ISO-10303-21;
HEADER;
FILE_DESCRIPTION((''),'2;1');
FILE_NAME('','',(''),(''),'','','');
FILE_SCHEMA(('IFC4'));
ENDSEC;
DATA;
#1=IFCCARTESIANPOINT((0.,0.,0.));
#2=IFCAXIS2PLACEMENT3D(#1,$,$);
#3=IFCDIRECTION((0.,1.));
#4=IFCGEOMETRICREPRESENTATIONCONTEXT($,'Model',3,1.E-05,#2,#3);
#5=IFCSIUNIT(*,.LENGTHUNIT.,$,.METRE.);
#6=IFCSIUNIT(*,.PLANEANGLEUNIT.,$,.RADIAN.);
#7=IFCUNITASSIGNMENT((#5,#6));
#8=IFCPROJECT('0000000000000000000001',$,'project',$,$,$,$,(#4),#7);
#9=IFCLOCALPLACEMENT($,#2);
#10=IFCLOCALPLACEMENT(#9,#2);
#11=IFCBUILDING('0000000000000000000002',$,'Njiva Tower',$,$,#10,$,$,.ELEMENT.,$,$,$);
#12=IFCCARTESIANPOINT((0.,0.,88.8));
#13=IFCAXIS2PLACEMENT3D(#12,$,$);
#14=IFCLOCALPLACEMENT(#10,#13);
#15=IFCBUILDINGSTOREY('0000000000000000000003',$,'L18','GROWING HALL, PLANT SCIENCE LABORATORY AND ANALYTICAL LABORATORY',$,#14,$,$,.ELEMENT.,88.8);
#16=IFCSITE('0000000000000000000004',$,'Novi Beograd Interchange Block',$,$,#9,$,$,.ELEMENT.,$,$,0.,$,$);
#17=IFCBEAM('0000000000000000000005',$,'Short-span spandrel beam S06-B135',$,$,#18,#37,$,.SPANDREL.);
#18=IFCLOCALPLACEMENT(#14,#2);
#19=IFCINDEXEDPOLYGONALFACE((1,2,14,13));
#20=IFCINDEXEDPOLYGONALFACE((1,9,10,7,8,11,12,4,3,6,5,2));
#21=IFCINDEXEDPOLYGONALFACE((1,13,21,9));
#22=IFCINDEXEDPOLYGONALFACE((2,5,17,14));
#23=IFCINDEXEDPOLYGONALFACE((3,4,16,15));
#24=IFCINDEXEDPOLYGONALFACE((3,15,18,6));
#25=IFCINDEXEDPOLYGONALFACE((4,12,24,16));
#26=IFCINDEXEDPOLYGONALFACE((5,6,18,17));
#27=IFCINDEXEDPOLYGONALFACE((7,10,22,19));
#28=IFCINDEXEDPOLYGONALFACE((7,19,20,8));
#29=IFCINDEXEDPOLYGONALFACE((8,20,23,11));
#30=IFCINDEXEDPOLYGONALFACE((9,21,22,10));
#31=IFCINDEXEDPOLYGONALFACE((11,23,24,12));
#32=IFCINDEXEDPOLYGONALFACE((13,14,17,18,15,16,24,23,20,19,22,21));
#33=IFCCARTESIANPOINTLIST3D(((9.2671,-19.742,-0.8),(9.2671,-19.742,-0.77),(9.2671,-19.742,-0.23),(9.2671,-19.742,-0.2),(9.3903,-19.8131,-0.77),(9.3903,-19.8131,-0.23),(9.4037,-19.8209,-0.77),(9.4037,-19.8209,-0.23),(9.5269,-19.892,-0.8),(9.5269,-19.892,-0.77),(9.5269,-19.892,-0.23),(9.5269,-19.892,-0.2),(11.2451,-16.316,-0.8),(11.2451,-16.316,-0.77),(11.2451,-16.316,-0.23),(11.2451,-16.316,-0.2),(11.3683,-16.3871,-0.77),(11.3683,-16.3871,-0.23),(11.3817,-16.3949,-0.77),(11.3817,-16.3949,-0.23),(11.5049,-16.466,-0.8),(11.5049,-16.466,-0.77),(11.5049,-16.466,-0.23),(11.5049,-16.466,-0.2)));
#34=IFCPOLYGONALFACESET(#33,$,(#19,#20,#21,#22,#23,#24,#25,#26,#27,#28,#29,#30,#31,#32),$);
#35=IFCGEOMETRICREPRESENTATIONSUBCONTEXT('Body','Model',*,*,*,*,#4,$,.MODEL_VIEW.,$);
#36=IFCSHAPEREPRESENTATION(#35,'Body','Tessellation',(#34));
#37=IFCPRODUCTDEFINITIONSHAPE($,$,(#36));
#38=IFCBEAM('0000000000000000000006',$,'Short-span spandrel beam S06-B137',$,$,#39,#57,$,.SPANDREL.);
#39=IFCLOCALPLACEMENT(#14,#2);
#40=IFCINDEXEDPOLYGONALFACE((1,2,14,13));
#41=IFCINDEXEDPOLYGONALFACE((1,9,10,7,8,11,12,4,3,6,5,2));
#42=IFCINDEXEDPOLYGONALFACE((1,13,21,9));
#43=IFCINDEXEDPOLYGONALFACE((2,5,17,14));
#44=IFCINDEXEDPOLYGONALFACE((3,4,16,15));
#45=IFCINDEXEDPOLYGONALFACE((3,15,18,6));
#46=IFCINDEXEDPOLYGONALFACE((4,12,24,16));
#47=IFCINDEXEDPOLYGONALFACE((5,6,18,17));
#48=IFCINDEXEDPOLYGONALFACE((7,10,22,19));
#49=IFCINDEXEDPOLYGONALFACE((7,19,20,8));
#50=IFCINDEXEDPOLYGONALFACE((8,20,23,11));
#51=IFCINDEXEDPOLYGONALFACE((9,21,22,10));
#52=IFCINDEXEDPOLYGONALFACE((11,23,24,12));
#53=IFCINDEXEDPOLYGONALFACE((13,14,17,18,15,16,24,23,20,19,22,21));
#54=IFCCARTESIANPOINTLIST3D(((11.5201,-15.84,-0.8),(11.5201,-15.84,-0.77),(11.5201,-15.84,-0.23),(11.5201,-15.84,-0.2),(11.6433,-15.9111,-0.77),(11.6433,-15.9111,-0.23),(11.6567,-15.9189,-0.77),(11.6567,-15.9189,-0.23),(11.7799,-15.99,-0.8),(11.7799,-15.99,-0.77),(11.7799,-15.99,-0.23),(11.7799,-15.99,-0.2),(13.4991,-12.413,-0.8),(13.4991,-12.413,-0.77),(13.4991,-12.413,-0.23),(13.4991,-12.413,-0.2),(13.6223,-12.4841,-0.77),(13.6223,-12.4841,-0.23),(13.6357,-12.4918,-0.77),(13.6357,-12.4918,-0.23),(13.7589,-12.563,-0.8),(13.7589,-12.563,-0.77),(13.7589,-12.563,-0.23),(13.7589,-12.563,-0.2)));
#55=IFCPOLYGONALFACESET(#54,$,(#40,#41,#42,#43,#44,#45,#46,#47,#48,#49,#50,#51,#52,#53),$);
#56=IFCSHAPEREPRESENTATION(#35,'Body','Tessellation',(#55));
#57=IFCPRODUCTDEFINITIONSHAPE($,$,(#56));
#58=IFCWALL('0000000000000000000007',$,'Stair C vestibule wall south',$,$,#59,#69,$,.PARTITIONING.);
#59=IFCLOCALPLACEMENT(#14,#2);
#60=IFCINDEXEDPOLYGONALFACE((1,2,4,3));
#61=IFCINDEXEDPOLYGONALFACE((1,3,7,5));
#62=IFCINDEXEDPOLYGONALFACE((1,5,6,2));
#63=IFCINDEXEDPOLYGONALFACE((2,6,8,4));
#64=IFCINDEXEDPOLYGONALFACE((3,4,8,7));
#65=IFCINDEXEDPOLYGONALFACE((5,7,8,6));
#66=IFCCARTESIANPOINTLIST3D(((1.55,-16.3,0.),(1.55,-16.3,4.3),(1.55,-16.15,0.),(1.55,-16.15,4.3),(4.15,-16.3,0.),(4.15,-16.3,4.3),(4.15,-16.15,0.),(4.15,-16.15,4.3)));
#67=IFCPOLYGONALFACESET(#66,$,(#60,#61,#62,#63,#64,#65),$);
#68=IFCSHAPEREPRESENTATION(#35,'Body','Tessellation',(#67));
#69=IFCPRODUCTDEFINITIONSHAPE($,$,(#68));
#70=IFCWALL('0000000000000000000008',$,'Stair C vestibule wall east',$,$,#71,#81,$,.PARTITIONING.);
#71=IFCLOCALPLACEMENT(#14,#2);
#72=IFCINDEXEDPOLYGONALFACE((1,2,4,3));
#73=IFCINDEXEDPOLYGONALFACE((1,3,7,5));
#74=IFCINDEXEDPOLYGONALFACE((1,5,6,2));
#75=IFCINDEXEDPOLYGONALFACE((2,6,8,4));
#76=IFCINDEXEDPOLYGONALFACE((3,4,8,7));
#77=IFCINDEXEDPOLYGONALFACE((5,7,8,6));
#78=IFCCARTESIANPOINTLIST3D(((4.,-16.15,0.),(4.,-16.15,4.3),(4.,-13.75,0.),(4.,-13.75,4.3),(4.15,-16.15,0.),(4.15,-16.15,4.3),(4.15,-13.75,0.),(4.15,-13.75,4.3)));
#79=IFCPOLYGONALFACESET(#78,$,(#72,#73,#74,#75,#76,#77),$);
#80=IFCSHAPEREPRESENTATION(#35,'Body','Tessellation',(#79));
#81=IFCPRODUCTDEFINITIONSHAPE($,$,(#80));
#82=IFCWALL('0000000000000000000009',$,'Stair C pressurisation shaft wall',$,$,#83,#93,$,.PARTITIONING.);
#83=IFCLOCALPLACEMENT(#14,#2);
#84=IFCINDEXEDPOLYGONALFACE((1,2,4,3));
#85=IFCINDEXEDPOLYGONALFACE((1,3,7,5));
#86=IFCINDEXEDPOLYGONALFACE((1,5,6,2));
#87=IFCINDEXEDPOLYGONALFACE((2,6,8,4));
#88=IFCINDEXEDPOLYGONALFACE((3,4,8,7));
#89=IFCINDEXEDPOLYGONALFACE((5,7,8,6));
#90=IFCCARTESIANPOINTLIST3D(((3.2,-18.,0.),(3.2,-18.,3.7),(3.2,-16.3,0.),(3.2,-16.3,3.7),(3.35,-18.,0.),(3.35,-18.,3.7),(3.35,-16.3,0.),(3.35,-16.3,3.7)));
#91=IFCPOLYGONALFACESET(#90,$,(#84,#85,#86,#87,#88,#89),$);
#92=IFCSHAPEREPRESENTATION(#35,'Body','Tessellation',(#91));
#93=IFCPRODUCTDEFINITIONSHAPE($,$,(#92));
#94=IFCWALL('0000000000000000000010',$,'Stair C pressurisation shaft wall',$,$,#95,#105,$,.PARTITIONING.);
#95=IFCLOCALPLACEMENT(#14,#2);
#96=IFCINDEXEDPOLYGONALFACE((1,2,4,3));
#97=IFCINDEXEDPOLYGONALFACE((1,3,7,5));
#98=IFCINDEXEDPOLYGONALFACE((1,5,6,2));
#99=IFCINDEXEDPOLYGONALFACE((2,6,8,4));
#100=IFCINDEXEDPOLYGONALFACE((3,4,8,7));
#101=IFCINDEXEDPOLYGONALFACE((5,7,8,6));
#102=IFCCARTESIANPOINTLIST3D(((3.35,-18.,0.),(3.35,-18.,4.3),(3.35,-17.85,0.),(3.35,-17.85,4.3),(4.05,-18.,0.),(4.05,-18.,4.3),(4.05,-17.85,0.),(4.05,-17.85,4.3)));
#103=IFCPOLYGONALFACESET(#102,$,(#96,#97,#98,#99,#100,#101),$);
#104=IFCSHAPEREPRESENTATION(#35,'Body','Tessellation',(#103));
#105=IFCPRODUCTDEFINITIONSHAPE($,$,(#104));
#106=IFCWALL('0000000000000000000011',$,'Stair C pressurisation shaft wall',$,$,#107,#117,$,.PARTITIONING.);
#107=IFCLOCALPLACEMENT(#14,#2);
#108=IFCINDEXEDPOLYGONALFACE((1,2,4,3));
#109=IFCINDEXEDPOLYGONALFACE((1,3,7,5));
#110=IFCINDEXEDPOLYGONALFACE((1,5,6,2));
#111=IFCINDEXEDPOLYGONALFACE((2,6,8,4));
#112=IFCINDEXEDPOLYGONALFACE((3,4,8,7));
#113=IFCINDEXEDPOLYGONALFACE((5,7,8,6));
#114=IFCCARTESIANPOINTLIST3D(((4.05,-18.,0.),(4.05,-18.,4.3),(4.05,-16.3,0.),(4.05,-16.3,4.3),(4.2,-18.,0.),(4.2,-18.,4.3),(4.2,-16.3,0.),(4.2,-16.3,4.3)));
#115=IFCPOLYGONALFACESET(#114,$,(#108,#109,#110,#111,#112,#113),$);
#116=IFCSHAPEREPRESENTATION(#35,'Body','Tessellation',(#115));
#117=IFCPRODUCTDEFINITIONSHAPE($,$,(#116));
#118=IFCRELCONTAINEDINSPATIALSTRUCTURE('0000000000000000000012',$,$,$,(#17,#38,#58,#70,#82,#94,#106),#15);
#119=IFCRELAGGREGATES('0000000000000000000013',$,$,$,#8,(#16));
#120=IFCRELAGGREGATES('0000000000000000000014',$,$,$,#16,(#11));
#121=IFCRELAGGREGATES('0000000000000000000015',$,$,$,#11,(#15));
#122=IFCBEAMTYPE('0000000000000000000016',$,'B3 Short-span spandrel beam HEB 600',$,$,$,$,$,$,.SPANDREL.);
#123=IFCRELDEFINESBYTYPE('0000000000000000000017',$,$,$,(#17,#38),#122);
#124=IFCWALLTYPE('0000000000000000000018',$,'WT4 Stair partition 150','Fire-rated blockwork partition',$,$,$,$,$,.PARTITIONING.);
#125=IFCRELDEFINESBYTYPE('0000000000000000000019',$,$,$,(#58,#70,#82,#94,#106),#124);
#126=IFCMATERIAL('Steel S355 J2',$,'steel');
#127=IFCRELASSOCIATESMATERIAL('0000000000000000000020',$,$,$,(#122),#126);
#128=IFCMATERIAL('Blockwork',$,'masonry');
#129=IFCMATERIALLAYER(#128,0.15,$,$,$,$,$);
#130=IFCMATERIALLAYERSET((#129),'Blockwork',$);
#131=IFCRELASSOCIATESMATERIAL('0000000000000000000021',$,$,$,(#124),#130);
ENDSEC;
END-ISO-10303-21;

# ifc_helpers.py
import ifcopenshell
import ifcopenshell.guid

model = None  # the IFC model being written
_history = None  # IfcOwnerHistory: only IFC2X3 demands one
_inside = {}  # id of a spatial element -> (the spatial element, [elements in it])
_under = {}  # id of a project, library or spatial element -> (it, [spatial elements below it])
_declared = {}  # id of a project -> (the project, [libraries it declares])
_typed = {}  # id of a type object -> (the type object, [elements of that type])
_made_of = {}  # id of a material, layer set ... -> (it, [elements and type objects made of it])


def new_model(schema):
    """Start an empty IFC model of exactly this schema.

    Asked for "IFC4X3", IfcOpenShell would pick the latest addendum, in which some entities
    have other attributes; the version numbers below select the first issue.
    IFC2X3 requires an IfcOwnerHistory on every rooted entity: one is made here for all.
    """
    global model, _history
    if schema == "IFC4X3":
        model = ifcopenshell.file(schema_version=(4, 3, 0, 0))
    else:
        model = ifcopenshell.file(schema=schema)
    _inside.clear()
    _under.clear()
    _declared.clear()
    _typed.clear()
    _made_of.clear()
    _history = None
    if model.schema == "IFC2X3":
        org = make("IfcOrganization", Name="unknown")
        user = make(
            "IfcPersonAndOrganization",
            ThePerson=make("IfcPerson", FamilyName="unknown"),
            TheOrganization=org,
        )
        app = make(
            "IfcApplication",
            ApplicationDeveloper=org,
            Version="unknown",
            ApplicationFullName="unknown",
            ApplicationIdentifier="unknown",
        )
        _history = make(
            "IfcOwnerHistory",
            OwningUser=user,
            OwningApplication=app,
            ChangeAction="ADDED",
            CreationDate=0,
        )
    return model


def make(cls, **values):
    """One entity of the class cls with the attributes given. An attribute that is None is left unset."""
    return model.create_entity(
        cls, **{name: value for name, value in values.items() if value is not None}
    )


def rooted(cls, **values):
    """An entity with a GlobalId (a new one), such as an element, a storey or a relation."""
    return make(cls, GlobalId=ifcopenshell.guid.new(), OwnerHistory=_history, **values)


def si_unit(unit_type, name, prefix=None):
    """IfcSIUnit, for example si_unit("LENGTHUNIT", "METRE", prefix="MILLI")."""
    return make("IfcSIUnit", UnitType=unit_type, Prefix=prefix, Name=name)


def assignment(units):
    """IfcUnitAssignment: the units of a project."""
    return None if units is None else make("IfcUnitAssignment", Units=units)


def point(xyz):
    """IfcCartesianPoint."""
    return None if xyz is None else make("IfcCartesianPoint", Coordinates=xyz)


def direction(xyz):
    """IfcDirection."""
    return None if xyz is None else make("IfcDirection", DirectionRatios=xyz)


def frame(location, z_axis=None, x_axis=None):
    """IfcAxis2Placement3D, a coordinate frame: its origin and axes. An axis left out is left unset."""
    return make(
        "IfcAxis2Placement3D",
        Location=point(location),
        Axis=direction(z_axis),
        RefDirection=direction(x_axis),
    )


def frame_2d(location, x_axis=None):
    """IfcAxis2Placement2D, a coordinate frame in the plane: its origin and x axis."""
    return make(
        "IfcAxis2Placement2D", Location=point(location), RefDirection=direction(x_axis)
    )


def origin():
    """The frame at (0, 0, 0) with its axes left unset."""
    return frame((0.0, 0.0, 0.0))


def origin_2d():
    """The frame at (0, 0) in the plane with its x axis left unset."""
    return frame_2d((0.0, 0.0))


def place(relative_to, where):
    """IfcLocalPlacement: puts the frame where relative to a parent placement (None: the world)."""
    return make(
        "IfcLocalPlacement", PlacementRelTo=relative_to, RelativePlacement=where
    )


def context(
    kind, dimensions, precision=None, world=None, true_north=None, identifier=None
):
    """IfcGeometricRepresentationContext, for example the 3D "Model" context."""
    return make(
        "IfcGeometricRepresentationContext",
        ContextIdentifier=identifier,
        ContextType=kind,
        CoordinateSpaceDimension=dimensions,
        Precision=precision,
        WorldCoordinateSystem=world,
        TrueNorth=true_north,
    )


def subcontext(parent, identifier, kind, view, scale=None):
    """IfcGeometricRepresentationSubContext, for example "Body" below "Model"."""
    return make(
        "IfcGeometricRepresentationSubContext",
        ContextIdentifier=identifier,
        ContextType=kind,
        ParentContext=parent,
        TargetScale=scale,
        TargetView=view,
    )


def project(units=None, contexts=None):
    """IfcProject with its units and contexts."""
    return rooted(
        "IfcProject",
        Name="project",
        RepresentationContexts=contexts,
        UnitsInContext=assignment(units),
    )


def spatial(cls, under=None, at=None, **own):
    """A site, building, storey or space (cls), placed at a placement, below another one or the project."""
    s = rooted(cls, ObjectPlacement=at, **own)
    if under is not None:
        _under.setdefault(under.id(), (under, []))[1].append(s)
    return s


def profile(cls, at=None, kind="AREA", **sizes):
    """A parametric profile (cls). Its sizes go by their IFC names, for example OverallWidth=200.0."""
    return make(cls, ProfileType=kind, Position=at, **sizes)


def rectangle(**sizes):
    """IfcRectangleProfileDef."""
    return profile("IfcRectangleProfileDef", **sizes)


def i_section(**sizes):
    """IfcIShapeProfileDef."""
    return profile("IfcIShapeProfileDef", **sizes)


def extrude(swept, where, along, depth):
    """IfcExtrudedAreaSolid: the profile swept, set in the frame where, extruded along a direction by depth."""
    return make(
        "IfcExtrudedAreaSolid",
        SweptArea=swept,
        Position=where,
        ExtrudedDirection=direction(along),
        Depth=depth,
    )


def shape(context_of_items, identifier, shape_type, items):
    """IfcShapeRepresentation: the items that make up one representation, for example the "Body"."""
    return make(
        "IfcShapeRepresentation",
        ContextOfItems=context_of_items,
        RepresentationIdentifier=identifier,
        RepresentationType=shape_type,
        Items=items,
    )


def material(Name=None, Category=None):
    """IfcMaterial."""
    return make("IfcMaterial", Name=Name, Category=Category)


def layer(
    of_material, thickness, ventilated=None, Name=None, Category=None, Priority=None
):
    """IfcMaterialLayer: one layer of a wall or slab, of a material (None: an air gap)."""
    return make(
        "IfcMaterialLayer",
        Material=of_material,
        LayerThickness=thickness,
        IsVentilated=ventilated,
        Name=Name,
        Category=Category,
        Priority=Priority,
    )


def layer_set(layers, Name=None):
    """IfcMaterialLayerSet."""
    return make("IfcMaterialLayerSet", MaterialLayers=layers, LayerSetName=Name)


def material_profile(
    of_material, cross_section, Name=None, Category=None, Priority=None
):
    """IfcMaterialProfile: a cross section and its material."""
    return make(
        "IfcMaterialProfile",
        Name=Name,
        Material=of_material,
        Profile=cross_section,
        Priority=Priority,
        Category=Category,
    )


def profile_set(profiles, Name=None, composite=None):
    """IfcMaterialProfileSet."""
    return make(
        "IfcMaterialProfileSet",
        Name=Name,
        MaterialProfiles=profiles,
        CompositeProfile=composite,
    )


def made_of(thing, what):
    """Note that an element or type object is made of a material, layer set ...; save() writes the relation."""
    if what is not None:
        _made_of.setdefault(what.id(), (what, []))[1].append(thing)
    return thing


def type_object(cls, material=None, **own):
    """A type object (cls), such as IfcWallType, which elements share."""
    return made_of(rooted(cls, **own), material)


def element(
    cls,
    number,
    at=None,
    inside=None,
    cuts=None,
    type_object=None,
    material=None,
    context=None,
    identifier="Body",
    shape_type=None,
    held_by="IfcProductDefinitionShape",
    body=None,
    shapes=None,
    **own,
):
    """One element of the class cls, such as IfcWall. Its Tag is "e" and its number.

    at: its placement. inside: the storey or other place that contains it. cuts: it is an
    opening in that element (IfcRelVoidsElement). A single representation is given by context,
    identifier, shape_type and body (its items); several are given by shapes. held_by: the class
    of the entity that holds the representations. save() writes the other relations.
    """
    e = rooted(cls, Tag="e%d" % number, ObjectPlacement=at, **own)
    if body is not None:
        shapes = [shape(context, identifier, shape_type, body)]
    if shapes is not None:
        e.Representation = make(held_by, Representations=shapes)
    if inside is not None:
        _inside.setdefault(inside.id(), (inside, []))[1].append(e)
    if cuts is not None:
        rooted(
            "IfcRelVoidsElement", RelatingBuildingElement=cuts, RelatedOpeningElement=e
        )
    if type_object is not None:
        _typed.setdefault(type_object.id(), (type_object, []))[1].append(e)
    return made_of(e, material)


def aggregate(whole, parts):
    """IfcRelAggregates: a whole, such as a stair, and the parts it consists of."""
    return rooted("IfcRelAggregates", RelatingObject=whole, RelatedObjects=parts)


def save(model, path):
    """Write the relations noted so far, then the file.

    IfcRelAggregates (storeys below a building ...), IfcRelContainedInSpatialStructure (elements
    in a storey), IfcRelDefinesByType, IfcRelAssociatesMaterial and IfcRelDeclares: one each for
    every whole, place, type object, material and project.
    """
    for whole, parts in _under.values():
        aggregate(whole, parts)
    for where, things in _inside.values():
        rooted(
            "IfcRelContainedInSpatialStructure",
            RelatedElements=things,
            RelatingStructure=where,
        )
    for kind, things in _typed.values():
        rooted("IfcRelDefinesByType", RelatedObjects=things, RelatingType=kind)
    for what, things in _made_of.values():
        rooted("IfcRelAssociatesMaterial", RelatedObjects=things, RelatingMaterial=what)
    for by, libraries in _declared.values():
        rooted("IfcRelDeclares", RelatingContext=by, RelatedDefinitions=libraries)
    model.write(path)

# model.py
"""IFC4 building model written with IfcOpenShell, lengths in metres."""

from ifc_helpers import new_model, si_unit, direction, frame, frame_2d, origin, origin_2d, place, context, subcontext, project, spatial, rectangle, i_section, extrude, material, layer, layer_set, material_profile, profile_set, type_object, element, save


model = new_model("IFC4")

# Units and contexts
model_context = context("Model", 3, precision=1e-05, world=origin(), true_north=direction((0.0, 1.0)))
body_context = subcontext(model_context, "Body", "Model", "MODEL_VIEW")
ifc_project = project(units=[si_unit("LENGTHUNIT", "METRE"), si_unit("PLANEANGLEUNIT", "RADIAN")], contexts=[model_context])

# Site, building, storey
site_placement = place(None, origin())
site = spatial("IfcSite", under=ifc_project, at=site_placement, Name="Novi Beograd Interchange Block", CompositionType="ELEMENT", RefElevation=0.0)
building_placement = place(site_placement, origin())
building = spatial("IfcBuilding", under=site, at=building_placement, Name="Njiva Tower", CompositionType="ELEMENT")
storey_placement = place(building_placement, frame((0.0, 0.0, 88.8)))
storey = spatial("IfcBuildingStorey", under=building, at=storey_placement, Name="L18", Description="GROWING HALL, PLANT SCIENCE LABORATORY AND ANALYTICAL LABORATORY", CompositionType="ELEMENT", Elevation=88.8)

# Shared definitions
ifc_material_1 = material(Name="Steel S355 J2", Category="steel")

# Beams
ifc_material_profile_1 = material_profile(ifc_material_1, i_section(OverallWidth=0.3, OverallDepth=0.6, WebThickness=0.0155, FlangeThickness=0.03, at=origin_2d()), Name="HEB 600")
ifc_profile_set_1 = profile_set([ifc_material_profile_1], Name="Steel S355 J2")
beam_type_1 = type_object("IfcBeamType", Name="B3 Short-span spandrel beam HEB 600", PredefinedType="SPANDREL", material=ifc_profile_set_1)
beam_1_placement = place(storey_placement, frame((9.397, -19.817, -0.5), z_axis=(0.5, 0.866026, 0.0), x_axis=(-0.866026, 0.5, 0.0)))
element("IfcBeam", 1, at=beam_1_placement, inside=storey, type_object=beam_type_1, Name="Short-span spandrel beam S06-B135", PredefinedType="SPANDREL", context=body_context, shape_type="SweptSolid", body=[
    extrude(i_section(OverallWidth=0.3, OverallDepth=0.6, WebThickness=0.0155, FlangeThickness=0.03, at=origin_2d()), origin(), (0.0, 0.0, 1.0), 3.956),
])
beam_2_placement = place(storey_placement, frame((11.65, -15.915, -0.5), z_axis=(0.50008, 0.865979, 0.0), x_axis=(-0.865979, 0.50008, 0.0)))
element("IfcBeam", 2, at=beam_2_placement, inside=storey, type_object=beam_type_1, Name="Short-span spandrel beam S06-B137", PredefinedType="SPANDREL", context=body_context, shape_type="SweptSolid", body=[
    extrude(i_section(OverallWidth=0.3, OverallDepth=0.6, WebThickness=0.0155, FlangeThickness=0.03, at=origin_2d()), origin(), (0.0, 0.0, 1.0), 3.9574),
])

# Walls
ifc_material_2 = material(Name="Blockwork", Category="masonry")
ifc_layer = layer(ifc_material_2, 0.15)
ifc_layer_set = layer_set([ifc_layer], Name="Blockwork")
wall_type = type_object("IfcWallType", Name="WT4 Stair partition 150", Description="Fire-rated blockwork partition", PredefinedType="PARTITIONING", material=ifc_layer_set)
wall_1_placement = place(storey_placement, frame((1.55, -16.225, 0.0), z_axis=(0.0, 0.0, 1.0), x_axis=(1.0, 0.0, 0.0)))
element("IfcWall", 3, at=wall_1_placement, inside=storey, type_object=wall_type, Name="Stair C vestibule wall south", PredefinedType="PARTITIONING", context=body_context, shape_type="SweptSolid", body=[
    extrude(rectangle(XDim=2.6, YDim=0.15, at=frame_2d((1.3, 0.0))), origin(), (0.0, 0.0, 1.0), 4.3),
])
wall_2_placement = place(storey_placement, frame((4.075, -16.15, 0.0), z_axis=(0.0, 0.0, 1.0), x_axis=(0.0, 1.0, 0.0)))
element("IfcWall", 4, at=wall_2_placement, inside=storey, type_object=wall_type, Name="Stair C vestibule wall east", PredefinedType="PARTITIONING", context=body_context, shape_type="SweptSolid", body=[
    extrude(rectangle(XDim=2.4, YDim=0.15, at=frame_2d((1.2, 0.0))), origin(), (0.0, 0.0, 1.0), 4.3),
])
wall_3_placement = place(storey_placement, frame((3.275, -18.0, 0.0), z_axis=(0.0, 0.0, 1.0), x_axis=(0.0, 1.0, 0.0)))
element("IfcWall", 5, at=wall_3_placement, inside=storey, type_object=wall_type, Name="Stair C pressurisation shaft wall", PredefinedType="PARTITIONING", context=body_context, shape_type="SweptSolid", body=[
    extrude(rectangle(XDim=1.7, YDim=0.15, at=frame_2d((0.85, 0.0))), origin(), (0.0, 0.0, 1.0), 3.7),
])
wall_4_placement = place(storey_placement, frame((3.35, -17.925, 0.0), z_axis=(0.0, 0.0, 1.0), x_axis=(1.0, 0.0, 0.0)))
element("IfcWall", 6, at=wall_4_placement, inside=storey, type_object=wall_type, Name="Stair C pressurisation shaft wall", PredefinedType="PARTITIONING", context=body_context, shape_type="SweptSolid", body=[
    extrude(rectangle(XDim=0.7, YDim=0.15, at=frame_2d((0.35, 0.0))), origin(), (0.0, 0.0, 1.0), 4.3),
])
wall_5_placement = place(storey_placement, frame((4.125, -18.0, 0.0), z_axis=(0.0, 0.0, 1.0), x_axis=(0.0, 1.0, 0.0)))
element("IfcWall", 7, at=wall_5_placement, inside=storey, type_object=wall_type, Name="Stair C pressurisation shaft wall", PredefinedType="PARTITIONING", context=body_context, shape_type="SweptSolid", body=[
    extrude(rectangle(XDim=1.7, YDim=0.15, at=frame_2d((0.85, 0.0))), origin(), (0.0, 0.0, 1.0), 4.3),
])

save(model, "model.ifc")
